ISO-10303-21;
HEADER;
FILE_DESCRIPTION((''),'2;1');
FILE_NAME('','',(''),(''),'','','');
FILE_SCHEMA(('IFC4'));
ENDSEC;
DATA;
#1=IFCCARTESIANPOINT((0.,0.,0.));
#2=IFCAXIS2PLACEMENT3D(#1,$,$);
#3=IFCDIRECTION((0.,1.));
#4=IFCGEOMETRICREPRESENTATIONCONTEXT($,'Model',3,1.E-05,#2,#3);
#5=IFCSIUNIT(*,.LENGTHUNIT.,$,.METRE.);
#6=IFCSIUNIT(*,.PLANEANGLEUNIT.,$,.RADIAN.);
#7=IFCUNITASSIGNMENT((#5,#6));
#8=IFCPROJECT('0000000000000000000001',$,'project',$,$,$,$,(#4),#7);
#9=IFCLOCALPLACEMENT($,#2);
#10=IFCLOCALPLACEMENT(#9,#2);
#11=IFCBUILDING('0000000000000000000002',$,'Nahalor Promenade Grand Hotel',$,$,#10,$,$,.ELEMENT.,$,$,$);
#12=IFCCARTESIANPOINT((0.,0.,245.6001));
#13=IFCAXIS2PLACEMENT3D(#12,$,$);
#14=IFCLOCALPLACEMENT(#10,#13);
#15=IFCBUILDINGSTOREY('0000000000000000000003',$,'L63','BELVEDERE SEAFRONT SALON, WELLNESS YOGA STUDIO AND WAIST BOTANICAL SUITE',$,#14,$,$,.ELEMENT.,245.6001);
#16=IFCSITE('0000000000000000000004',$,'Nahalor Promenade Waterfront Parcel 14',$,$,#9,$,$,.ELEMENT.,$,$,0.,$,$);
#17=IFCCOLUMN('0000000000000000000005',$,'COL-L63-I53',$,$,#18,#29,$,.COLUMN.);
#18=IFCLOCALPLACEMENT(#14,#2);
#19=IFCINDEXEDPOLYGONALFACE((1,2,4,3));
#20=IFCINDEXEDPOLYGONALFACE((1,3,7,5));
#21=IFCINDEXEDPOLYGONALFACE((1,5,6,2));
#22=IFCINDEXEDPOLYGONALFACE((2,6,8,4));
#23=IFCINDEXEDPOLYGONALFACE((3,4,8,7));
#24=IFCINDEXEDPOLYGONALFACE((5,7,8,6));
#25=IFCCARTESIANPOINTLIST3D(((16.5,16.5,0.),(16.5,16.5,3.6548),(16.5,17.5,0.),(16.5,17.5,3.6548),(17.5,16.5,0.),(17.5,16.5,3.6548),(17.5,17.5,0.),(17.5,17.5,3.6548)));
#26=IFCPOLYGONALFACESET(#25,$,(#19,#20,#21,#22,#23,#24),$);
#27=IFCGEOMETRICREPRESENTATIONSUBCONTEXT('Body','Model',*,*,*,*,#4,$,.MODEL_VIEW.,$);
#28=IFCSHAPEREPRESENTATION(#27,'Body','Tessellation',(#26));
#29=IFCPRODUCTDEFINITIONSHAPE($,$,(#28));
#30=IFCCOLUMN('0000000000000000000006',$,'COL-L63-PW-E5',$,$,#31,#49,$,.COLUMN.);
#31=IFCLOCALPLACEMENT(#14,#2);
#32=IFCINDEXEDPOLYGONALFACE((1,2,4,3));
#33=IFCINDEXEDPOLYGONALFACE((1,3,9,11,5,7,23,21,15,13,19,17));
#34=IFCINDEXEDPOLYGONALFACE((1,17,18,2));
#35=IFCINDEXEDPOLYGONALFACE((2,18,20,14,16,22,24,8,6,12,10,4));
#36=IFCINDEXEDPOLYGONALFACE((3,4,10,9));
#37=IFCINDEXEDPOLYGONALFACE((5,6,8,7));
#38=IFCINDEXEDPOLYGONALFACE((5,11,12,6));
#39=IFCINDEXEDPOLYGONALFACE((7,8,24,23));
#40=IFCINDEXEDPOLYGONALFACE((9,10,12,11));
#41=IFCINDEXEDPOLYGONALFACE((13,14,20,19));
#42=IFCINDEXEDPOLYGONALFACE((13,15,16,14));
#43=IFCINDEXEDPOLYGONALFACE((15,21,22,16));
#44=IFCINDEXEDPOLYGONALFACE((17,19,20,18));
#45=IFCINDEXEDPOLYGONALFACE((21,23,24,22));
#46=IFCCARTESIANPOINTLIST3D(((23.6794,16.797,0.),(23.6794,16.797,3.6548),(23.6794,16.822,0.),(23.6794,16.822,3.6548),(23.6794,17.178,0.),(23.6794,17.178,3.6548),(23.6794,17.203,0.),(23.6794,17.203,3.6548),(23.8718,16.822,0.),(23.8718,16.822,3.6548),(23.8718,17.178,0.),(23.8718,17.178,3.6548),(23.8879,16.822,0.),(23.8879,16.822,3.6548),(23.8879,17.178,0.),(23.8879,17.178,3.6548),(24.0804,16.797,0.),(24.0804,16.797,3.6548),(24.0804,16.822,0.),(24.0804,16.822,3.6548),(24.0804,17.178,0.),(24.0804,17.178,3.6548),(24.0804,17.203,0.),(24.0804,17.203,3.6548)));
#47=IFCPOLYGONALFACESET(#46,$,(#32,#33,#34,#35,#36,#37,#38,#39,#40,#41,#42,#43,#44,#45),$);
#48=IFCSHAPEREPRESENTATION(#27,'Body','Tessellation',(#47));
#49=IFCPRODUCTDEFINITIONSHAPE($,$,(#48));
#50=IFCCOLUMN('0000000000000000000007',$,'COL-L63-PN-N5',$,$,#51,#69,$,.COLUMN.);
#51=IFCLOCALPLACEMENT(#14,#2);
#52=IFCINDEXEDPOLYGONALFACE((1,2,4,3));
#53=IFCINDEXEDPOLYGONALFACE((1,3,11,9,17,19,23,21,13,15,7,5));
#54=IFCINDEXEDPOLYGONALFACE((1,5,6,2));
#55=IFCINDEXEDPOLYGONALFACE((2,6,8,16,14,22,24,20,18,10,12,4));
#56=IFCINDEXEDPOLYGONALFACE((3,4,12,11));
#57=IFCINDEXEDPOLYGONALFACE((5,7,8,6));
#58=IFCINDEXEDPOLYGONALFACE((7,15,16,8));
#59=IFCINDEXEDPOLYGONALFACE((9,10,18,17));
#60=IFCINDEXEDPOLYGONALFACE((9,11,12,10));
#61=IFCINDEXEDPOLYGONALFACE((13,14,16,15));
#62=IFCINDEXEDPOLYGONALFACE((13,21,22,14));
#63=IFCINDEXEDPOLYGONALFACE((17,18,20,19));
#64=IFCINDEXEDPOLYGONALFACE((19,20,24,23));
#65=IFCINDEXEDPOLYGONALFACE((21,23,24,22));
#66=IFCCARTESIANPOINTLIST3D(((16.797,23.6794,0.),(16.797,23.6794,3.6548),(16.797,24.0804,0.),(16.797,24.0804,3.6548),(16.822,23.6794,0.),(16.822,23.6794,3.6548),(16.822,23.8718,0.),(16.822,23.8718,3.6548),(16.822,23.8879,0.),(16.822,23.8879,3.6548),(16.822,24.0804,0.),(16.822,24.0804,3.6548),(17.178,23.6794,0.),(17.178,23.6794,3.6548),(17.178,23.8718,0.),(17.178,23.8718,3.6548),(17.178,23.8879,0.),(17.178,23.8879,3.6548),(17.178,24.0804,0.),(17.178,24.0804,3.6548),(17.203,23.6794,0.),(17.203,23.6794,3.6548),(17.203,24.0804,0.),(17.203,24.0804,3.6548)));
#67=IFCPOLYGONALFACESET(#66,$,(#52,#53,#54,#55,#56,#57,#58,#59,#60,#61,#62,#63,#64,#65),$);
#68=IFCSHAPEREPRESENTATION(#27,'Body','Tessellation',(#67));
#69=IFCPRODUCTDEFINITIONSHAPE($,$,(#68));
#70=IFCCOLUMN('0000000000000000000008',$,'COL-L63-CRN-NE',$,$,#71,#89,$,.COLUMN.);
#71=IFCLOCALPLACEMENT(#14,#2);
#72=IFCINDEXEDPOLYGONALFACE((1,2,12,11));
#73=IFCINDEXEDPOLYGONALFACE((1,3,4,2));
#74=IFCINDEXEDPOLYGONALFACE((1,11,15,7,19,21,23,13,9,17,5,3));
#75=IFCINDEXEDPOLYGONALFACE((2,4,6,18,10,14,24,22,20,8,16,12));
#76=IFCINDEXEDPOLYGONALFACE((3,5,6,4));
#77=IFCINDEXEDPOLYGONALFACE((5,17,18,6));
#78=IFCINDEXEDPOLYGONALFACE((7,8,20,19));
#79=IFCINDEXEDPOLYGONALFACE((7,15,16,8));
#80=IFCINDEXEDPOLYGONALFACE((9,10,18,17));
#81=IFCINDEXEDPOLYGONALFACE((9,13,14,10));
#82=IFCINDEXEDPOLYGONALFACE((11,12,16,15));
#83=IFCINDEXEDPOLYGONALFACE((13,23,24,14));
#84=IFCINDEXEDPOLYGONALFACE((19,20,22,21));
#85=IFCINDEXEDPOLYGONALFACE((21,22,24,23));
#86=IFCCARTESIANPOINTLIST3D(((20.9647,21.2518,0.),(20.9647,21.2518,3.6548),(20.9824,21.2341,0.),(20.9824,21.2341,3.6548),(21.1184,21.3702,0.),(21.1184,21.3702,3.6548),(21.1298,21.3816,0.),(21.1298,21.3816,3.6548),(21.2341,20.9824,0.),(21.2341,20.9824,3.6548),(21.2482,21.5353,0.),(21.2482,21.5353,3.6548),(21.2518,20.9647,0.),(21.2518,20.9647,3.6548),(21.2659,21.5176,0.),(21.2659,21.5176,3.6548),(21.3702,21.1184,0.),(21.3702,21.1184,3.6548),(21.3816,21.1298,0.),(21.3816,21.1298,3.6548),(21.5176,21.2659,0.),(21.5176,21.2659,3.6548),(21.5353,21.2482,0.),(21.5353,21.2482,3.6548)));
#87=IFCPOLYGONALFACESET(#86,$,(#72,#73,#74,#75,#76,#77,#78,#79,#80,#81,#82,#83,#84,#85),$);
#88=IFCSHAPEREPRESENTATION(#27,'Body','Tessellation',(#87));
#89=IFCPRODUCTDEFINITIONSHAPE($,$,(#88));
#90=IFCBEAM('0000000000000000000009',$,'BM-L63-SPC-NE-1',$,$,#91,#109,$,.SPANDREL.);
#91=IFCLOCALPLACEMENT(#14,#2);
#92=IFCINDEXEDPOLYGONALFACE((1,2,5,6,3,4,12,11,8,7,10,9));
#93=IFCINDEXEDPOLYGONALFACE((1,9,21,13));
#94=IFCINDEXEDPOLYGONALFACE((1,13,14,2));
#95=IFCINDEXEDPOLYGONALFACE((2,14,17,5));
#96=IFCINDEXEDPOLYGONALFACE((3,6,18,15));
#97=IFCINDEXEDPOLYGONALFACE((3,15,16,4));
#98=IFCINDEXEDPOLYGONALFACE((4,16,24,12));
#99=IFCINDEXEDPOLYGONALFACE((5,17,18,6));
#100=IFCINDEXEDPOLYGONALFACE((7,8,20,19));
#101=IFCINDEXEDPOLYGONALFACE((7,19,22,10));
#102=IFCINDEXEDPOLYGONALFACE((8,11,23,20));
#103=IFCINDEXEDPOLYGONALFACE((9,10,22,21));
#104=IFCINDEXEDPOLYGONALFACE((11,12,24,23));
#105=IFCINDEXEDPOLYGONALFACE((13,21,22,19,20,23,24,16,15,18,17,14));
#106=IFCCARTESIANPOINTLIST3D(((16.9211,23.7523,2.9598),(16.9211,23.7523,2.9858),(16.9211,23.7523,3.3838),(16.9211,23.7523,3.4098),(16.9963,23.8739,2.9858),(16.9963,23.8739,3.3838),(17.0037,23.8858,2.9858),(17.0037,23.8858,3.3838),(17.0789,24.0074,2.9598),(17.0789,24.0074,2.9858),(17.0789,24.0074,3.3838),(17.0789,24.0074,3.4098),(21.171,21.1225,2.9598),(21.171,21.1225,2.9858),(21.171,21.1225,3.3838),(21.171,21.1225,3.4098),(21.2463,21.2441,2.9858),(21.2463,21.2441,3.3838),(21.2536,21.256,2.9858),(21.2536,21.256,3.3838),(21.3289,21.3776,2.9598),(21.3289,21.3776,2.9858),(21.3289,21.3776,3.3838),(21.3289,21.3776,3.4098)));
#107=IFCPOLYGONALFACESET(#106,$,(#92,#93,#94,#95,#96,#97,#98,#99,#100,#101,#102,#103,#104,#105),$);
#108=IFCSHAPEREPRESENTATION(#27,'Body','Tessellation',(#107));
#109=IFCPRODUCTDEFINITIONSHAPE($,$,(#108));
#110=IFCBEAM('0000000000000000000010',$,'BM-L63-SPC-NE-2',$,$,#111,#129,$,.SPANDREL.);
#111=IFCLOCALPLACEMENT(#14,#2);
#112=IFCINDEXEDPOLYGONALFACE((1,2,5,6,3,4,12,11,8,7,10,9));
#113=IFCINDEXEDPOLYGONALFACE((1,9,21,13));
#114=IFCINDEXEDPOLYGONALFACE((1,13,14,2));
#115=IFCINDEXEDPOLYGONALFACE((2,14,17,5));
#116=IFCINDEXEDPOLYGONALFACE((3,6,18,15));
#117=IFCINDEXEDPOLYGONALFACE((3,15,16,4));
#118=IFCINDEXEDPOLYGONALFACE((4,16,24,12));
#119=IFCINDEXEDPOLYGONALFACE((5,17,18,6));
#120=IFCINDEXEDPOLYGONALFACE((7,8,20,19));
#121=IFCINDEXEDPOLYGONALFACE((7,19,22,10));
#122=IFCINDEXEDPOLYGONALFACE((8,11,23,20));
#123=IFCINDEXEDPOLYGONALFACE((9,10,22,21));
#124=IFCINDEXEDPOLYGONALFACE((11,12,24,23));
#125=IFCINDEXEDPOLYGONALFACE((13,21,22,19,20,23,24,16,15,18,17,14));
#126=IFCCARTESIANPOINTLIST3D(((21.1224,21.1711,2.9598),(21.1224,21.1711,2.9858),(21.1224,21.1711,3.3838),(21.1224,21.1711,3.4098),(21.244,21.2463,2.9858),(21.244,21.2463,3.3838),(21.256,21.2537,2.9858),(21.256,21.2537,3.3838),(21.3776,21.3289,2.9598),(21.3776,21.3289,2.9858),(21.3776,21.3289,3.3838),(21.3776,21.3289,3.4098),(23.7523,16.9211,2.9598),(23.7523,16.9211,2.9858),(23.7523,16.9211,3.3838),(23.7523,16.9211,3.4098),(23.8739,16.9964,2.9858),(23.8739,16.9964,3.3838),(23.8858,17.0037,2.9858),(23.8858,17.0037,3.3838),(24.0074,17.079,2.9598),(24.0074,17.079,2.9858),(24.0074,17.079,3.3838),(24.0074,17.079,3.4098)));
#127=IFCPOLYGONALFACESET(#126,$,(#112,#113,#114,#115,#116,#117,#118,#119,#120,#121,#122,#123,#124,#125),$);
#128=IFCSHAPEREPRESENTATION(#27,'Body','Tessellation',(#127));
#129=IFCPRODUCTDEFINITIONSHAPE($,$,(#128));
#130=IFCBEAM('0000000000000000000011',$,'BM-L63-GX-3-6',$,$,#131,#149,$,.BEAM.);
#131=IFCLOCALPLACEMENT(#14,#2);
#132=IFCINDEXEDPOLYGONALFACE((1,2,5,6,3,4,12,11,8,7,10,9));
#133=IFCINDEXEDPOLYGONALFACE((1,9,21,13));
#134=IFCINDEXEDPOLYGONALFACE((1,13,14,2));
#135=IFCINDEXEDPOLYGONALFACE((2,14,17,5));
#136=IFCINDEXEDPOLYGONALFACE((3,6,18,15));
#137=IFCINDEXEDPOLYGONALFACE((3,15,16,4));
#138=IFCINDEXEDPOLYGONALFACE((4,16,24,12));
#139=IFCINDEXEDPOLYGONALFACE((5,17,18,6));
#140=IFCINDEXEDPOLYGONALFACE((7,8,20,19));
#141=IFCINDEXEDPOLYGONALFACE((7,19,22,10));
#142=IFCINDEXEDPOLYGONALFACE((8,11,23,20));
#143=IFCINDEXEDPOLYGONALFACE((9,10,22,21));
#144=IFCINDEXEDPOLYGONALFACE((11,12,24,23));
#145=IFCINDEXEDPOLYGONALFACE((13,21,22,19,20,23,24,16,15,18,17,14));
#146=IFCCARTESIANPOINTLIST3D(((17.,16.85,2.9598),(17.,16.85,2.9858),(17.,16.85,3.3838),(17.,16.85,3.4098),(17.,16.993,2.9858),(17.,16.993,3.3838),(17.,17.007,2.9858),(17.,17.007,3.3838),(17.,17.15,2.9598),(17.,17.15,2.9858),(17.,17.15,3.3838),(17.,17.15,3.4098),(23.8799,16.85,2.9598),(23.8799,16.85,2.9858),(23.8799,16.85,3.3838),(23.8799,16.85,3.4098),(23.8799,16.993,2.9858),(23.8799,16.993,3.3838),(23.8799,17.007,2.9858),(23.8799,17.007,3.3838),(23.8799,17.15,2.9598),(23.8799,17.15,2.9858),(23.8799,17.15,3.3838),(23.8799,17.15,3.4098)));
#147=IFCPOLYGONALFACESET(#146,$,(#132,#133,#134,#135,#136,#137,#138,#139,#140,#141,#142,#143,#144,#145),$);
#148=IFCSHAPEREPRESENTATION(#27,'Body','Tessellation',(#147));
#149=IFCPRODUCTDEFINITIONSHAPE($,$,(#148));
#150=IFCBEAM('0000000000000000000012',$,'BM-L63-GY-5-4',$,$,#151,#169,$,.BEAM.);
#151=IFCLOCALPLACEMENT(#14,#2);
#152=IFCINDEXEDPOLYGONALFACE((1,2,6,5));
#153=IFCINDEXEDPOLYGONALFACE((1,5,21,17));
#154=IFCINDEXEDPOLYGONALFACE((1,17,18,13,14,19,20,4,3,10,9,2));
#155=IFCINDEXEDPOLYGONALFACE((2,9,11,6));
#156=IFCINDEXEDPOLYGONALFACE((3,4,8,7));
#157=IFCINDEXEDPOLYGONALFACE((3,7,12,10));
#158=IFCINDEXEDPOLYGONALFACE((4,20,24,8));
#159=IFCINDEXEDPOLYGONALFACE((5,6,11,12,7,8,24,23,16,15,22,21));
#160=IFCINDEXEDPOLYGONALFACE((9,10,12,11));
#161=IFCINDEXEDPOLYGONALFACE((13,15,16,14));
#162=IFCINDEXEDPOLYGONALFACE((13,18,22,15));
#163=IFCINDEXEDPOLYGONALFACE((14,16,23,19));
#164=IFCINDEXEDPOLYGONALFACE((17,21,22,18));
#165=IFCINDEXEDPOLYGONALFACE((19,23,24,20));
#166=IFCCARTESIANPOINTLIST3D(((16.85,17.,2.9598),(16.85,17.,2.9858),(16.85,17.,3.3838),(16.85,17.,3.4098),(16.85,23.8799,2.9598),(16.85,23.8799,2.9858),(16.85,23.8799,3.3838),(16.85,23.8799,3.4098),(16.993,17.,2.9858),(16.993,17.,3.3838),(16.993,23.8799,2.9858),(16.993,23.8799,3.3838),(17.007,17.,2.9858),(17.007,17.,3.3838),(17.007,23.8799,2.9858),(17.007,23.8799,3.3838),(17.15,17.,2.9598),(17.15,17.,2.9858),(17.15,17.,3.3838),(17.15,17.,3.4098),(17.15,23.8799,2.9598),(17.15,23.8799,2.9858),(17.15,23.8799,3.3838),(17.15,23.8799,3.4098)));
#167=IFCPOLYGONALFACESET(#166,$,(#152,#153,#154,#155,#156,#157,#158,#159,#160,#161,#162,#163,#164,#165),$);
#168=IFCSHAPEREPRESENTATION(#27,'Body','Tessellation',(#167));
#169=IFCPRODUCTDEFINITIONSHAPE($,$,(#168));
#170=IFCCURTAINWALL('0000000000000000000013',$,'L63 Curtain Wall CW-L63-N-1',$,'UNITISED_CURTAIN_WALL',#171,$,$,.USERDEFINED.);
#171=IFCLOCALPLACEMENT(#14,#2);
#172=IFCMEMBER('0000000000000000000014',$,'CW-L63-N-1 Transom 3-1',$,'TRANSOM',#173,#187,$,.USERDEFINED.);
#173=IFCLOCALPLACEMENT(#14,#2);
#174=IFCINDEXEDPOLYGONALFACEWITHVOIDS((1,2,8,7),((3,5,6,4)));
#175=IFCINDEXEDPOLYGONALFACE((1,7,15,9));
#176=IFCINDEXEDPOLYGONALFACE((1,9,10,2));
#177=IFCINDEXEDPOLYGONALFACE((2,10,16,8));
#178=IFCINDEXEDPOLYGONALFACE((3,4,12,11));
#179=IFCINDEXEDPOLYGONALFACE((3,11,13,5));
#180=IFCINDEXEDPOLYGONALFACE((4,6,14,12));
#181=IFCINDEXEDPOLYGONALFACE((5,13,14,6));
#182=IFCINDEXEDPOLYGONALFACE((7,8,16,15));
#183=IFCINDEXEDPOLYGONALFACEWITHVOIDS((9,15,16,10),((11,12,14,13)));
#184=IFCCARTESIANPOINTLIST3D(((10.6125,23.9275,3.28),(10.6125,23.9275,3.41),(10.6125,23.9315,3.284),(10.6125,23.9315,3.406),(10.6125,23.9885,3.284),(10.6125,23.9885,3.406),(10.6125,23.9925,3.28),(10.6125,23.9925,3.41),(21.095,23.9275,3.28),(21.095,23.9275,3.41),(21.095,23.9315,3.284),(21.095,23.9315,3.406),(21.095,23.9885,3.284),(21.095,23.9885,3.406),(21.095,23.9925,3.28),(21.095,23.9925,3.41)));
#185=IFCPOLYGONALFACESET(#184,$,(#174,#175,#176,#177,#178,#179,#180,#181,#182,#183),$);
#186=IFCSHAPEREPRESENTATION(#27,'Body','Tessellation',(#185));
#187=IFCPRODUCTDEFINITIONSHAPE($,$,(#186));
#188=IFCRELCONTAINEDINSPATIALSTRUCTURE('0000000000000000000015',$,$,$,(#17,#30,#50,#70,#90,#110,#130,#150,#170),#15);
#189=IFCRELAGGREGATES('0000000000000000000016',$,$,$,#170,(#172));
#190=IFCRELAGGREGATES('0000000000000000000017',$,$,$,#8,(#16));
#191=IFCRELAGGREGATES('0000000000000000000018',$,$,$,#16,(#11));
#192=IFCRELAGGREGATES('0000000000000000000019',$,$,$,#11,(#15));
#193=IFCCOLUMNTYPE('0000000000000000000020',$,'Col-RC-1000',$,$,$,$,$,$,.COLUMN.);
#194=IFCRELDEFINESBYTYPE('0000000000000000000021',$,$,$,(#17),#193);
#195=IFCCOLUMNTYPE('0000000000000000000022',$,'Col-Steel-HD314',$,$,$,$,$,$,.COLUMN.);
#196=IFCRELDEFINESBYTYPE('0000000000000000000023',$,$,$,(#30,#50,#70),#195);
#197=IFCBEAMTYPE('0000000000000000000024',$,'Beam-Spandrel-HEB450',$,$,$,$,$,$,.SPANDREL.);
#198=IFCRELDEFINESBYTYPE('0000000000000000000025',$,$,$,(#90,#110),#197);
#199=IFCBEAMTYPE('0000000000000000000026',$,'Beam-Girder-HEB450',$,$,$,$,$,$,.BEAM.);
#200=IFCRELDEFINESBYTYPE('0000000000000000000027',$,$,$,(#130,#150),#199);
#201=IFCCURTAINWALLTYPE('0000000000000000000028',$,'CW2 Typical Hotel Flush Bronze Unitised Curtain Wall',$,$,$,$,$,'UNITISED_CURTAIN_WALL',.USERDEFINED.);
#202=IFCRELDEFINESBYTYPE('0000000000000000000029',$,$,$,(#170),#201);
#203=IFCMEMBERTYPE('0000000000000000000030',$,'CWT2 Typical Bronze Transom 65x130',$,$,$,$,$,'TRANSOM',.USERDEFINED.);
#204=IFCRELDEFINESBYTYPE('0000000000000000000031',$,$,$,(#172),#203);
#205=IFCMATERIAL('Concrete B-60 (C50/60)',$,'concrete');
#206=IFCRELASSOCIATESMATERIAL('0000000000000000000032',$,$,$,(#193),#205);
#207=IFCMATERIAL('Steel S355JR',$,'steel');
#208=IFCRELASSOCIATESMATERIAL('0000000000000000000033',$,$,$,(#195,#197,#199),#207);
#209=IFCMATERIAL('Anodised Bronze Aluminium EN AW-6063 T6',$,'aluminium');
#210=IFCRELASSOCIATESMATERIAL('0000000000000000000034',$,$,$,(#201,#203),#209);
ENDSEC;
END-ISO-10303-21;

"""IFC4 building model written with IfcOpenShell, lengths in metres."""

from ifc_helpers import new_model, si_unit, direction, frame, origin, origin_2d, place, context, subcontext, project, spatial, rectangle, hollow_rectangle, i_section, extrude, source, transform, mapped, material, material_profile, profile_set, type_object, element, aggregate, save


model = new_model("IFC4")

# Units and contexts
model_context = context("Model", 3, precision=1e-05, world=origin(), true_north=direction((0.0, 1.0)))
body_context = subcontext(model_context, "Body", "Model", "MODEL_VIEW")
ifc_project = project(units=[si_unit("LENGTHUNIT", "METRE"), si_unit("PLANEANGLEUNIT", "RADIAN")], contexts=[model_context])

# Site, building, storey
site_placement = place(None, origin())
site = spatial("IfcSite", under=ifc_project, at=site_placement, Name="Nahalor Promenade Waterfront Parcel 14", CompositionType="ELEMENT", RefElevation=0.0)
building_placement = place(site_placement, origin())
building = spatial("IfcBuilding", under=site, at=building_placement, Name="Nahalor Promenade Grand Hotel", CompositionType="ELEMENT")
storey_placement = place(building_placement, frame((0.0, 0.0, 245.6001)))
storey = spatial("IfcBuildingStorey", under=building, at=storey_placement, Name="L63", Description="BELVEDERE SEAFRONT SALON, WELLNESS YOGA STUDIO AND WAIST BOTANICAL SUITE", CompositionType="ELEMENT", Elevation=245.6001)

# Columns
ifc_material_1 = material(Name="Concrete B-60 (C50/60)", Category="concrete")
ifc_material_profile_1 = material_profile(ifc_material_1, rectangle(XDim=1.0, YDim=1.0, at=origin_2d()), Name="RC 1000x1000")
ifc_profile_set_1 = profile_set([ifc_material_profile_1], Name="Concrete B-60 (C50/60)")
column_type_1 = type_object("IfcColumnType", Name="Col-RC-1000", PredefinedType="COLUMN", material=ifc_profile_set_1)
shared_shape_1 = source(origin(), body_context, "Body", "SweptSolid", [
    extrude(rectangle(XDim=1.0, YDim=1.0, at=origin_2d()), origin(), (0.0, 0.0, 1.0), 3.6548),
])
column_placement = place(storey_placement, frame((17.0, 17.0, 0.0), z_axis=(0.0, 0.0, 1.0), x_axis=(1.0, 0.0, 0.0)))
element("IfcColumn", 1, at=column_placement, inside=storey, type_object=column_type_1, Name="COL-L63-I53", PredefinedType="COLUMN", context=body_context, shape_type="MappedRepresentation", body=[
    mapped(shared_shape_1, transform((0.0, 0.0, 0.0), scale=1.0)),
])
ifc_material_2 = material(Name="Steel S355JR", Category="steel")
ifc_material_profile_2 = material_profile(ifc_material_2, i_section(OverallWidth=0.401, OverallDepth=0.406, WebThickness=0.0161, FlangeThickness=0.025, at=origin_2d()), Name="HD 400x314")
ifc_profile_set_2 = profile_set([ifc_material_profile_2], Name="Steel S355JR")
column_type_2 = type_object("IfcColumnType", Name="Col-Steel-HD314", PredefinedType="COLUMN", material=ifc_profile_set_2)
shared_shape_2 = source(origin(), body_context, "Body", "SweptSolid", [
    extrude(i_section(OverallWidth=0.401, OverallDepth=0.406, WebThickness=0.0161, FlangeThickness=0.025, at=origin_2d()), origin(), (0.0, 0.0, 1.0), 3.6548),
])
for number, where, z_axis, x_axis, name in (
    (2, (23.8799, 17.0, 0.0), (0.0, 0.0, 1.0), (1.0, 0.0, 0.0), "COL-L63-PW-E5"),
    (3, (17.0, 23.8799, 0.0), (0.0, 0.0, 1.0), (0.0, 1.0, 0.0), "COL-L63-PN-N5"),
    (4, (21.25, 21.25, 0.0), (0.0, 0.0, 1.0), (0.707107, 0.707107, 0.0), "COL-L63-CRN-NE"),
):
    element("IfcColumn", number, at=place(storey_placement, frame(where, z_axis=z_axis, x_axis=x_axis)), inside=storey, type_object=column_type_2, Name=name, PredefinedType="COLUMN", context=body_context, shape_type="MappedRepresentation", body=[
        mapped(shared_shape_2, transform((0.0, 0.0, 0.0), scale=1.0)),
    ])

# Beams
ifc_material_profile_3 = material_profile(ifc_material_2, i_section(OverallWidth=0.3, OverallDepth=0.45, WebThickness=0.014, FlangeThickness=0.026, at=origin_2d()), Name="HEB 450")
ifc_profile_set_3 = profile_set([ifc_material_profile_3], Name="Steel S355JR")
beam_type_1 = type_object("IfcBeamType", Name="Beam-Spandrel-HEB450", PredefinedType="SPANDREL", material=ifc_profile_set_3)
shared_shape_3 = source(origin(), body_context, "Body", "SweptSolid", [
    extrude(i_section(OverallWidth=0.3, OverallDepth=0.45, WebThickness=0.014, FlangeThickness=0.026, at=origin_2d()), origin(), (0.0, 0.0, 1.0), 4.9978),
])
for number, where, z_axis, x_axis, name in (
    (5, (17.0, 23.8799, 3.1848), (0.850361, -0.5262, 0.0), (0.5262, 0.850361, 0.0), "BM-L63-SPC-NE-1"),
    (6, (21.25, 21.25, 3.1848), (0.5262, -0.850361, 0.0), (0.850361, 0.5262, 0.0), "BM-L63-SPC-NE-2"),
):
    element("IfcBeam", number, at=place(storey_placement, frame(where, z_axis=z_axis, x_axis=x_axis)), inside=storey, type_object=beam_type_1, Name=name, PredefinedType="SPANDREL", context=body_context, shape_type="MappedRepresentation", body=[
        mapped(shared_shape_3, transform((0.0, 0.0, 0.0), scale=1.0)),
    ])
ifc_material_profile_4 = material_profile(ifc_material_2, i_section(OverallWidth=0.3, OverallDepth=0.45, WebThickness=0.014, FlangeThickness=0.026, at=origin_2d()), Name="HEB 450")
ifc_profile_set_4 = profile_set([ifc_material_profile_4], Name="Steel S355JR")
beam_type_2 = type_object("IfcBeamType", Name="Beam-Girder-HEB450", PredefinedType="BEAM", material=ifc_profile_set_4)
shared_shape_4 = source(origin(), body_context, "Body", "SweptSolid", [
    extrude(i_section(OverallWidth=0.3, OverallDepth=0.45, WebThickness=0.014, FlangeThickness=0.026, at=origin_2d()), origin(), (0.0, 0.0, 1.0), 6.8799),
])
for number, where, z_axis, x_axis, name in (
    (7, (17.0, 17.0, 3.1848), (1.0, 0.0, 0.0), (0.0, 1.0, 0.0), "BM-L63-GX-3-6"),
    (8, (17.0, 17.0, 3.1848), (0.0, 1.0, 0.0), (-1.0, 0.0, 0.0), "BM-L63-GY-5-4"),
):
    element("IfcBeam", number, at=place(storey_placement, frame(where, z_axis=z_axis, x_axis=x_axis)), inside=storey, type_object=beam_type_2, Name=name, PredefinedType="BEAM", context=body_context, shape_type="MappedRepresentation", body=[
        mapped(shared_shape_4, transform((0.0, 0.0, 0.0), scale=1.0)),
    ])

# Curtain wall, member
ifc_material_3 = material(Name="Anodised Bronze Aluminium EN AW-6063 T6", Category="aluminium")
curtain_wall_type = type_object("IfcCurtainWallType", Name="CW2 Typical Hotel Flush Bronze Unitised Curtain Wall", ElementType="UNITISED_CURTAIN_WALL", PredefinedType="USERDEFINED", material=ifc_material_3)
curtain_wall_1_placement = place(storey_placement, origin())
curtain_wall_1 = element("IfcCurtainWall", 9, at=curtain_wall_1_placement, inside=storey, type_object=curtain_wall_type, Name="L63 Curtain Wall CW-L63-N-1", ObjectType="UNITISED_CURTAIN_WALL", PredefinedType="USERDEFINED")
ifc_material_profile_5 = material_profile(ifc_material_3, hollow_rectangle(XDim=0.065, YDim=0.13, WallThickness=0.004, at=origin_2d()), Name="CWT 65x130x4")
ifc_profile_set_5 = profile_set([ifc_material_profile_5], Name="Anodised Bronze Aluminium EN AW-6063 T6")
member_type_1 = type_object("IfcMemberType", Name="CWT2 Typical Bronze Transom 65x130", ElementType="TRANSOM", PredefinedType="USERDEFINED", material=ifc_profile_set_5)
shared_shape_5 = source(origin(), body_context, "Body", "SweptSolid", [
    extrude(hollow_rectangle(XDim=0.065, YDim=0.13, WallThickness=0.004, at=origin_2d()), origin(), (0.0, 0.0, 1.0), 10.4824),
])
member_1_placement = place(storey_placement, frame((10.6125, 23.96, 3.345), z_axis=(1.0, 0.0, 0.0), x_axis=(0.0, 1.0, 0.0)))
member_1 = element("IfcMember", 10, at=member_1_placement, type_object=member_type_1, Name="CW-L63-N-1 Transom 3-1", ObjectType="TRANSOM", PredefinedType="USERDEFINED", context=body_context, shape_type="MappedRepresentation", body=[
    mapped(shared_shape_5, transform((0.0, 0.0, 0.0), scale=1.0)),
])

aggregate(curtain_wall_1, [member_1])

save(model, "model.ifc")
